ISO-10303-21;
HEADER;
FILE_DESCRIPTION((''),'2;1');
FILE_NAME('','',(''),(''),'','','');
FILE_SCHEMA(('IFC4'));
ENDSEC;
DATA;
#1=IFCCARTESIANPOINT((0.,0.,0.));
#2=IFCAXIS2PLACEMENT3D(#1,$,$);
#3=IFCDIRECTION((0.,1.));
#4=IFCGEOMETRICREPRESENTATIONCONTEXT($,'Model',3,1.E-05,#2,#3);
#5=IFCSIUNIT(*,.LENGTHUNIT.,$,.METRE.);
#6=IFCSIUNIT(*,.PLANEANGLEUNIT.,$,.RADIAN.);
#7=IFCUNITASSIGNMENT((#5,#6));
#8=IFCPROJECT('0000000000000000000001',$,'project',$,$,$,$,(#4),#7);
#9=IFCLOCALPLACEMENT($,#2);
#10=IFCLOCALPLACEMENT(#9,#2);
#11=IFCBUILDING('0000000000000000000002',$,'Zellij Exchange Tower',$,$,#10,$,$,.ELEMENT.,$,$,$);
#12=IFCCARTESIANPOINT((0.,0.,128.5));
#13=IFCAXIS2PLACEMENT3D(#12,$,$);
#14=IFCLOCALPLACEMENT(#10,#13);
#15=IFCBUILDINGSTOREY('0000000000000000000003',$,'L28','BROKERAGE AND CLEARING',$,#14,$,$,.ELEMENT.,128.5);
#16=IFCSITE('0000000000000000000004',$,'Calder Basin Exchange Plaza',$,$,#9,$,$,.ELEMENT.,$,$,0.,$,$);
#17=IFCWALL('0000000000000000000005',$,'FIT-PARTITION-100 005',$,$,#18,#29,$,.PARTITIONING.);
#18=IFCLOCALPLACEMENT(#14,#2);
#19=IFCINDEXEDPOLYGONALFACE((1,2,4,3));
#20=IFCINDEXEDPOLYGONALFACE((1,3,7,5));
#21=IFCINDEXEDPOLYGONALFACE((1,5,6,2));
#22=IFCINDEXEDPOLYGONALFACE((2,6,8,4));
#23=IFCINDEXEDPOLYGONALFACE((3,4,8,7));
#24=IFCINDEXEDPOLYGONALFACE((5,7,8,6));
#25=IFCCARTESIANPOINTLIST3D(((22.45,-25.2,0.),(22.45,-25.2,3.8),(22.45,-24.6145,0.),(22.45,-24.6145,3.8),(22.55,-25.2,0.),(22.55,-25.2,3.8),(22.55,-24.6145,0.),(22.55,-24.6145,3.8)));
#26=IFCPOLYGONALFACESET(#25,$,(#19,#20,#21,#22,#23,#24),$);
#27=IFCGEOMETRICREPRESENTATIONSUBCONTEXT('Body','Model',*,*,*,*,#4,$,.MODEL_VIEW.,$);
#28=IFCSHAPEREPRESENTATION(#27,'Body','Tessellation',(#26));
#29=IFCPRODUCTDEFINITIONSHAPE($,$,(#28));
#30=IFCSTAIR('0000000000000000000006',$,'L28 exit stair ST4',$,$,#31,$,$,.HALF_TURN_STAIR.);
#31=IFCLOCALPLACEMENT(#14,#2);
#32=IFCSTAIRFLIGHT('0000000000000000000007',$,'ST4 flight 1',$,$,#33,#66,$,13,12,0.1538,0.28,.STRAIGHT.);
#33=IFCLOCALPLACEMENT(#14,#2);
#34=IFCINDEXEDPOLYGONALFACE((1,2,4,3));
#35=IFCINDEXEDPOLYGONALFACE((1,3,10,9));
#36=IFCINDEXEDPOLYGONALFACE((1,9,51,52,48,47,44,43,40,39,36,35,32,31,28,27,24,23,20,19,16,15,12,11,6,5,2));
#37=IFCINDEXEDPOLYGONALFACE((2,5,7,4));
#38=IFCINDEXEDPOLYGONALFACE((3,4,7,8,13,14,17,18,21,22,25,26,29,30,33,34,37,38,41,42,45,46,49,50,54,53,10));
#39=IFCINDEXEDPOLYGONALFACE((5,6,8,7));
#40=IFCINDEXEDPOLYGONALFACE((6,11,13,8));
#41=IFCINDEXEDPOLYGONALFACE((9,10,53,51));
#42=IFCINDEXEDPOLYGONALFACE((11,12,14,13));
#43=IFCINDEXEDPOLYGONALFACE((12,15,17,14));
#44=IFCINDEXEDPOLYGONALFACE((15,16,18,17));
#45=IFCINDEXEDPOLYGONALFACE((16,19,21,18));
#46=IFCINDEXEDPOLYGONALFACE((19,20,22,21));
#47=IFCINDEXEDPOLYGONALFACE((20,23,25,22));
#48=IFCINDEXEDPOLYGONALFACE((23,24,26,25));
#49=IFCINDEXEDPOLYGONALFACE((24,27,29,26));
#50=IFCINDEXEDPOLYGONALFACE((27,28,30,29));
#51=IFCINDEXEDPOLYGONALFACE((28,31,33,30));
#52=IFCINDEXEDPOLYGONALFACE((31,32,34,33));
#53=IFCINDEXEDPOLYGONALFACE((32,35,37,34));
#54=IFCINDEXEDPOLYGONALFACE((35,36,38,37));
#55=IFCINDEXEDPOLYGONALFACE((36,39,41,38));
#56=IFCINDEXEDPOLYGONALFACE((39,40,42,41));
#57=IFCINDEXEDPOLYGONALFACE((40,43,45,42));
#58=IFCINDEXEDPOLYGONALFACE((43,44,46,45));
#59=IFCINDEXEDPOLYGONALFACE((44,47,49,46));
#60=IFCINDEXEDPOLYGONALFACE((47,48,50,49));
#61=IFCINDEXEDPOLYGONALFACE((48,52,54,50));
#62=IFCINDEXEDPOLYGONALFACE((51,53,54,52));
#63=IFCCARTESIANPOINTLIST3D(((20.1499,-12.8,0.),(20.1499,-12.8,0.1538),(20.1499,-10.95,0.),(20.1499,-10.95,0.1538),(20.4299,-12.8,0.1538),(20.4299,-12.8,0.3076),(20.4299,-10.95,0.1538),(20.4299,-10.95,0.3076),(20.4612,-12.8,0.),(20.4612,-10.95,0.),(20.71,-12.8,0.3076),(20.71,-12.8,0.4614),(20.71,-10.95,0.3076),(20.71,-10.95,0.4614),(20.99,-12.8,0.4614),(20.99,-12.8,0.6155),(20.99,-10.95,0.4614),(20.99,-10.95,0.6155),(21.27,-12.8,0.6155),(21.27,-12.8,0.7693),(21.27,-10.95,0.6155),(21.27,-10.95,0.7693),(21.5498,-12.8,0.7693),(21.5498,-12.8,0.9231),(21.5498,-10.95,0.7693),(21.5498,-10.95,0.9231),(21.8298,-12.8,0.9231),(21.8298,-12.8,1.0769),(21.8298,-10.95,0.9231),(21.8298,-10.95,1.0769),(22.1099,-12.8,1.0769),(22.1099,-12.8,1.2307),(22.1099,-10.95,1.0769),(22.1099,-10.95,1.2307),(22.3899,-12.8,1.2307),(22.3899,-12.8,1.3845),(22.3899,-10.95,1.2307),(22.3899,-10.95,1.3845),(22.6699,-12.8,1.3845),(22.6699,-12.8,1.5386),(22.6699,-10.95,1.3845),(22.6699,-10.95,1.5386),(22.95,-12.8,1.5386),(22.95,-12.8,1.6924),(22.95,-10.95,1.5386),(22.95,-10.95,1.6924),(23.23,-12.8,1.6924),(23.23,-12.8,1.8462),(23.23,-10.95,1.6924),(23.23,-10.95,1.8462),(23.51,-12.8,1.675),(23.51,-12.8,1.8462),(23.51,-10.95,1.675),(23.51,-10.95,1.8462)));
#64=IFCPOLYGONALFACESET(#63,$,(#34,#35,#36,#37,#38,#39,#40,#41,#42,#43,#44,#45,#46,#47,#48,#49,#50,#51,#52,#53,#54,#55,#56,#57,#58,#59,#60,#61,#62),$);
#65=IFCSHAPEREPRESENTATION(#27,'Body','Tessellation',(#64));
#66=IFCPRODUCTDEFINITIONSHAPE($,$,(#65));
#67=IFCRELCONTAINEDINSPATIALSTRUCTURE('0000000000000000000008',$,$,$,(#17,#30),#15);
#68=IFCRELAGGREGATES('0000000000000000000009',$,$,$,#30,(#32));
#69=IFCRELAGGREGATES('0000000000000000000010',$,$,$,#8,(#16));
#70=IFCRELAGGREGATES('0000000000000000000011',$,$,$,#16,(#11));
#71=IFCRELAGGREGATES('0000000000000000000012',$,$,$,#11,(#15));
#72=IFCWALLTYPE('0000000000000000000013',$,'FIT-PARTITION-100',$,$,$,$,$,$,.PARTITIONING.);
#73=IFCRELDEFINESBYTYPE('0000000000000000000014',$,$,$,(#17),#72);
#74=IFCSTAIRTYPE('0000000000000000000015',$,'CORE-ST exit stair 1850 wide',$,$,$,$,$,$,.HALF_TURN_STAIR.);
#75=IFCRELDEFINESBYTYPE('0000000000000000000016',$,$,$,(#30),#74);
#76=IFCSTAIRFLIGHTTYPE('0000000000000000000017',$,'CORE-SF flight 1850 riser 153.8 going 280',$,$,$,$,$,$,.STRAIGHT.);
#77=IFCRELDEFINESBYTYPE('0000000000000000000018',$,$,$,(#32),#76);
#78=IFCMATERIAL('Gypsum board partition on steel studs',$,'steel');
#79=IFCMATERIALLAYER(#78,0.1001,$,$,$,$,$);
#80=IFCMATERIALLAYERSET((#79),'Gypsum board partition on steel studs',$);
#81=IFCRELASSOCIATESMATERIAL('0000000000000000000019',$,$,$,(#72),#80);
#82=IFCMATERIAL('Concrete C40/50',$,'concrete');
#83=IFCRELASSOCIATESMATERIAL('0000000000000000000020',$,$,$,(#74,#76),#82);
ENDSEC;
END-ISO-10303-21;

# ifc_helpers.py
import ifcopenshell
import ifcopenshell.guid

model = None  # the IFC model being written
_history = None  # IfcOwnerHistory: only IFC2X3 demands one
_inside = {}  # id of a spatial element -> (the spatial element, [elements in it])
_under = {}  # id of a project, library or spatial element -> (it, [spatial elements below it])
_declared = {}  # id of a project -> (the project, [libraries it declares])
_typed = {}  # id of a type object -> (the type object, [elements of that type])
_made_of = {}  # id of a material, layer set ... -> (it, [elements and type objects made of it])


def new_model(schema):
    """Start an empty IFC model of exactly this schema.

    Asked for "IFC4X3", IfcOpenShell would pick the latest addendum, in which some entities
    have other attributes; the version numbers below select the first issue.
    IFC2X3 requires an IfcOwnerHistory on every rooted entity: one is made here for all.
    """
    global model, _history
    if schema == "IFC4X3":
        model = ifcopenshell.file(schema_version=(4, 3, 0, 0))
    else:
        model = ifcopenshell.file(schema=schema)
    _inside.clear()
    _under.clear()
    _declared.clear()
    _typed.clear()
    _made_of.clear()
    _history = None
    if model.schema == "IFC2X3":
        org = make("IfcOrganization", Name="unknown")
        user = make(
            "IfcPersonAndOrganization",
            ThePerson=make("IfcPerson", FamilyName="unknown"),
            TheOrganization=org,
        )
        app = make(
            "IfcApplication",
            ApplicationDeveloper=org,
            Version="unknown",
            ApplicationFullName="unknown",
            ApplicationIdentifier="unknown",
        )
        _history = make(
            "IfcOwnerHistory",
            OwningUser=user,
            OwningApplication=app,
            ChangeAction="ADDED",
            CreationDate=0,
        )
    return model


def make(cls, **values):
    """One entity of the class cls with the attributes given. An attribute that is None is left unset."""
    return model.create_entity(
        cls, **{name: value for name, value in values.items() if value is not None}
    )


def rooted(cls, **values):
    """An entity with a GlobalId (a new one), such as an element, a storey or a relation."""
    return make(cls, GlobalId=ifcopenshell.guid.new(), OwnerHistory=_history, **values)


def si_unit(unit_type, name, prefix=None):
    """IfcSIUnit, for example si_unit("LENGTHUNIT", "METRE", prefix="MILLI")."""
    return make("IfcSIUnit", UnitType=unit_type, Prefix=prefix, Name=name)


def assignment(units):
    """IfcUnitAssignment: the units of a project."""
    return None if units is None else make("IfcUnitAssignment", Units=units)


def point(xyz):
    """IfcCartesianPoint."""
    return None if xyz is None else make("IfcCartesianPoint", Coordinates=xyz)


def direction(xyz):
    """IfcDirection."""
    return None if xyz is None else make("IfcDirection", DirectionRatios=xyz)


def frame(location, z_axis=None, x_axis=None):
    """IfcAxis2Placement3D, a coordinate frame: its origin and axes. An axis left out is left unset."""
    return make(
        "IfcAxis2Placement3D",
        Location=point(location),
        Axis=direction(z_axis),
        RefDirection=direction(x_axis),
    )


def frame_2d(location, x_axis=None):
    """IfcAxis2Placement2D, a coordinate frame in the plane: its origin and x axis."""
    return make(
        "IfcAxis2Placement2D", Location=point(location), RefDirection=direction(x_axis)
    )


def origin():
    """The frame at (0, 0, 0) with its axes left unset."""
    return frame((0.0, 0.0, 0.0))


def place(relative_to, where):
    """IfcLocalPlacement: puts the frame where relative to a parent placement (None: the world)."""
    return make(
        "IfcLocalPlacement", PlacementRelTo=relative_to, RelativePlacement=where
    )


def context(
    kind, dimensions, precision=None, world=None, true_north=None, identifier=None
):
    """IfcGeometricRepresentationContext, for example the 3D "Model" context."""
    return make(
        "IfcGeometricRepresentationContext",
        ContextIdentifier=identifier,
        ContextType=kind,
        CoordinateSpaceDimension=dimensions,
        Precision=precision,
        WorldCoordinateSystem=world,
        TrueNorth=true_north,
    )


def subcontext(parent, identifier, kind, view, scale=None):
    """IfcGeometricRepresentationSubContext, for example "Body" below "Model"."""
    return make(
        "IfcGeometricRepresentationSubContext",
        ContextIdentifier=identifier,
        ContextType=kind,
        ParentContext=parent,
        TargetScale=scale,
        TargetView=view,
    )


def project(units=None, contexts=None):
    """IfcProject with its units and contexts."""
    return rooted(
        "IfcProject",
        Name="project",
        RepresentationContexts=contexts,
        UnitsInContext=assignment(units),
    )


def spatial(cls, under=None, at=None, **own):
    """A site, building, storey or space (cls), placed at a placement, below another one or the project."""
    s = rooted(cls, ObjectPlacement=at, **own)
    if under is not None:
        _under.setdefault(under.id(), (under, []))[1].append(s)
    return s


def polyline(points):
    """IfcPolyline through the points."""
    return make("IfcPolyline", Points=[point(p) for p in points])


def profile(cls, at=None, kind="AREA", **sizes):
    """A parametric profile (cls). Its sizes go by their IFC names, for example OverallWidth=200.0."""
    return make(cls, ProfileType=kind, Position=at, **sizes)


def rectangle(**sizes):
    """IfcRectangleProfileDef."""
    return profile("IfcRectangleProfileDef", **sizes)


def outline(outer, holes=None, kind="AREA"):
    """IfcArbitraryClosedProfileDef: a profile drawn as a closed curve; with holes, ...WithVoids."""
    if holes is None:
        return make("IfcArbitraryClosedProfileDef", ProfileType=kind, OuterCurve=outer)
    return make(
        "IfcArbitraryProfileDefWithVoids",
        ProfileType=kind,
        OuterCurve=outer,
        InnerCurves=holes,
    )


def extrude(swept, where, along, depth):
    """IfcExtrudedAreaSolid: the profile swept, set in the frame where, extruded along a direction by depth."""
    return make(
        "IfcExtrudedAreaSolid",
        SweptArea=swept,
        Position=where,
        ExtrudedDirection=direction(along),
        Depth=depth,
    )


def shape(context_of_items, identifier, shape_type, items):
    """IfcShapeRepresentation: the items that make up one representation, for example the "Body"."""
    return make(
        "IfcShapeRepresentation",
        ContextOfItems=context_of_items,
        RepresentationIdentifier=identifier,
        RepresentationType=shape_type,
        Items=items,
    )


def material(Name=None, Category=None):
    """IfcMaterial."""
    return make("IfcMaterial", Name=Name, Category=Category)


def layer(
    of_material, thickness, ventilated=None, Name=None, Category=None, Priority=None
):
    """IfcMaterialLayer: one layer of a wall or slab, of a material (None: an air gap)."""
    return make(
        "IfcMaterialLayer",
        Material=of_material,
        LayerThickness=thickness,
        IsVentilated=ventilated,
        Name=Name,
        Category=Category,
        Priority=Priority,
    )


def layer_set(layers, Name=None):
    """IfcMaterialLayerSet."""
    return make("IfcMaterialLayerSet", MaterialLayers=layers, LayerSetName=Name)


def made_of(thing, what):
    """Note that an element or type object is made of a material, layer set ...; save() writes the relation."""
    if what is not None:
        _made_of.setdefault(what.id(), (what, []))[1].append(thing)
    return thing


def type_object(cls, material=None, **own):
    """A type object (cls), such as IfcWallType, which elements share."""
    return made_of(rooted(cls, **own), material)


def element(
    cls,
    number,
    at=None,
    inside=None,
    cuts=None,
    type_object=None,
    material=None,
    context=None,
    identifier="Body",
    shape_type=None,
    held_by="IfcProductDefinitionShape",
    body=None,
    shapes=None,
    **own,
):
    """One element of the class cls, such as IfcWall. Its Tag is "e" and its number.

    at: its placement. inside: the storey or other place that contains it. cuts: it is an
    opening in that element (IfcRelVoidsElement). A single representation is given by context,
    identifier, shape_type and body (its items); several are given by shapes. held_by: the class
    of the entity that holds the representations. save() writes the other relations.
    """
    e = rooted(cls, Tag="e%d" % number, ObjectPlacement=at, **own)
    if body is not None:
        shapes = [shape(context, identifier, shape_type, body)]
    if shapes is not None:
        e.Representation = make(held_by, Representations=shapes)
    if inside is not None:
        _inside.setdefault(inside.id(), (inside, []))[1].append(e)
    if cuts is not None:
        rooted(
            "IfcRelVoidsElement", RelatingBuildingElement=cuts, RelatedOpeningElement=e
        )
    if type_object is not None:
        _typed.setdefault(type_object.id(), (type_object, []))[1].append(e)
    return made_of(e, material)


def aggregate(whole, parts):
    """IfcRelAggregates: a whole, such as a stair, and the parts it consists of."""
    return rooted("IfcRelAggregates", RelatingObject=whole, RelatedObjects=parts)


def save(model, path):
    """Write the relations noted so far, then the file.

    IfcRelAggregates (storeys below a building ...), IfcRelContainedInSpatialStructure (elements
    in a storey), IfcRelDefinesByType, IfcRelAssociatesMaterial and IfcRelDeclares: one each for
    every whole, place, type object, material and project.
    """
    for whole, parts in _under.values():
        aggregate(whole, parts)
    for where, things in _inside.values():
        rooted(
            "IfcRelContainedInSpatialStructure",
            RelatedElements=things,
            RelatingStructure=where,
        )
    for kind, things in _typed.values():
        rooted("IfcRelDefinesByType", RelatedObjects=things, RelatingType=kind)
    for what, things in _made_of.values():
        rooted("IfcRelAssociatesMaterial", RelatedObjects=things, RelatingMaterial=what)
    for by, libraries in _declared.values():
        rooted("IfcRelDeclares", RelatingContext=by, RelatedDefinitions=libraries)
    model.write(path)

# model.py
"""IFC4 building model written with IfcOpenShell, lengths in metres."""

from ifc_helpers import new_model, si_unit, direction, frame, frame_2d, origin, place, context, subcontext, project, spatial, polyline, rectangle, outline, extrude, material, layer, layer_set, type_object, element, aggregate, save


model = new_model("IFC4")

# Units and contexts
model_context = context("Model", 3, precision=1e-05, world=origin(), true_north=direction((0.0, 1.0)))
body_context = subcontext(model_context, "Body", "Model", "MODEL_VIEW")
ifc_project = project(units=[si_unit("LENGTHUNIT", "METRE"), si_unit("PLANEANGLEUNIT", "RADIAN")], contexts=[model_context])

# Site, building, storey
site_placement = place(None, origin())
site = spatial("IfcSite", under=ifc_project, at=site_placement, Name="Calder Basin Exchange Plaza", CompositionType="ELEMENT", RefElevation=0.0)
building_placement = place(site_placement, origin())
building = spatial("IfcBuilding", under=site, at=building_placement, Name="Zellij Exchange Tower", CompositionType="ELEMENT")
storey_placement = place(building_placement, frame((0.0, 0.0, 128.5)))
storey = spatial("IfcBuildingStorey", under=building, at=storey_placement, Name="L28", Description="BROKERAGE AND CLEARING", CompositionType="ELEMENT", Elevation=128.5)

# Wall
ifc_material_1 = material(Name="Gypsum board partition on steel studs", Category="steel")
ifc_layer_1 = layer(ifc_material_1, 0.1001)
ifc_layer_set_1 = layer_set([ifc_layer_1], Name="Gypsum board partition on steel studs")
wall_type_1 = type_object("IfcWallType", Name="FIT-PARTITION-100", PredefinedType="PARTITIONING", material=ifc_layer_set_1)
wall_1_placement = place(storey_placement, frame((22.5, -25.2, 0.0), z_axis=(0.0, 0.0, 1.0), x_axis=(0.0, 1.0, 0.0)))
element("IfcWall", 1, at=wall_1_placement, inside=storey, type_object=wall_type_1, Name="FIT-PARTITION-100 005", PredefinedType="PARTITIONING", context=body_context, shape_type="SweptSolid", body=[
    extrude(rectangle(XDim=0.5854, YDim=0.1001, at=frame_2d((0.2927, 0.0))), origin(), (0.0, 0.0, 1.0), 3.8),
])

# Stair, stair flight
ifc_material_2 = material(Name="Concrete C40/50", Category="concrete")
stair_type = type_object("IfcStairType", Name="CORE-ST exit stair 1850 wide", PredefinedType="HALF_TURN_STAIR", material=ifc_material_2)
stair_placement = place(storey_placement, origin())
stair = element("IfcStair", 2, at=stair_placement, inside=storey, type_object=stair_type, Name="L28 exit stair ST4", PredefinedType="HALF_TURN_STAIR")
stair_flight_type = type_object("IfcStairFlightType", Name="CORE-SF flight 1850 riser 153.8 going 280", PredefinedType="STRAIGHT", material=ifc_material_2)
stair_flight_placement = place(storey_placement, frame((20.1499, -11.875, 0.0), z_axis=(0.0, 0.0, 1.0), x_axis=(1.0, 0.0, 0.0)))
stair_flight = element("IfcStairFlight", 3, at=stair_flight_placement, type_object=stair_flight_type, Name="ST4 flight 1", NumberOfRisers=13, NumberOfTreads=12, PredefinedType="STRAIGHT", RiserHeight=0.1538, TreadLength=0.28, context=body_context, shape_type="SweptSolid", body=[
    extrude(outline(polyline([(0.0, 0.0), (0.0, 0.1538), (0.28, 0.1538), (0.28, 0.3076), (0.5601, 0.3076), (0.5601, 0.4614), (0.8401, 0.4614), (0.8401, 0.6155), (1.1201, 0.6155), (1.1201, 0.7693), (1.3999, 0.7693), (1.3999, 0.9231), (1.6799, 0.9231), (1.6799, 1.0769), (1.96, 1.0769), (1.96, 1.2307), (2.24, 1.2307), (2.24, 1.3845), (2.52, 1.3845), (2.52, 1.5386), (2.8, 1.5386), (2.8, 1.6924), (3.0801, 1.6924), (3.0801, 1.8462), (3.3601, 1.8462), (3.3601, 2.0), (3.3601, 1.675), (0.3113, 0.0), (0.0, 0.0)])), frame((0.0, 0.925, 0.0), z_axis=(0.0, -1.0, 0.0), x_axis=(1.0, 0.0, 0.0)), (0.0, 0.0, 1.0), 1.8501),
])
aggregate(stair, [stair_flight])

save(model, "model.ifc")
